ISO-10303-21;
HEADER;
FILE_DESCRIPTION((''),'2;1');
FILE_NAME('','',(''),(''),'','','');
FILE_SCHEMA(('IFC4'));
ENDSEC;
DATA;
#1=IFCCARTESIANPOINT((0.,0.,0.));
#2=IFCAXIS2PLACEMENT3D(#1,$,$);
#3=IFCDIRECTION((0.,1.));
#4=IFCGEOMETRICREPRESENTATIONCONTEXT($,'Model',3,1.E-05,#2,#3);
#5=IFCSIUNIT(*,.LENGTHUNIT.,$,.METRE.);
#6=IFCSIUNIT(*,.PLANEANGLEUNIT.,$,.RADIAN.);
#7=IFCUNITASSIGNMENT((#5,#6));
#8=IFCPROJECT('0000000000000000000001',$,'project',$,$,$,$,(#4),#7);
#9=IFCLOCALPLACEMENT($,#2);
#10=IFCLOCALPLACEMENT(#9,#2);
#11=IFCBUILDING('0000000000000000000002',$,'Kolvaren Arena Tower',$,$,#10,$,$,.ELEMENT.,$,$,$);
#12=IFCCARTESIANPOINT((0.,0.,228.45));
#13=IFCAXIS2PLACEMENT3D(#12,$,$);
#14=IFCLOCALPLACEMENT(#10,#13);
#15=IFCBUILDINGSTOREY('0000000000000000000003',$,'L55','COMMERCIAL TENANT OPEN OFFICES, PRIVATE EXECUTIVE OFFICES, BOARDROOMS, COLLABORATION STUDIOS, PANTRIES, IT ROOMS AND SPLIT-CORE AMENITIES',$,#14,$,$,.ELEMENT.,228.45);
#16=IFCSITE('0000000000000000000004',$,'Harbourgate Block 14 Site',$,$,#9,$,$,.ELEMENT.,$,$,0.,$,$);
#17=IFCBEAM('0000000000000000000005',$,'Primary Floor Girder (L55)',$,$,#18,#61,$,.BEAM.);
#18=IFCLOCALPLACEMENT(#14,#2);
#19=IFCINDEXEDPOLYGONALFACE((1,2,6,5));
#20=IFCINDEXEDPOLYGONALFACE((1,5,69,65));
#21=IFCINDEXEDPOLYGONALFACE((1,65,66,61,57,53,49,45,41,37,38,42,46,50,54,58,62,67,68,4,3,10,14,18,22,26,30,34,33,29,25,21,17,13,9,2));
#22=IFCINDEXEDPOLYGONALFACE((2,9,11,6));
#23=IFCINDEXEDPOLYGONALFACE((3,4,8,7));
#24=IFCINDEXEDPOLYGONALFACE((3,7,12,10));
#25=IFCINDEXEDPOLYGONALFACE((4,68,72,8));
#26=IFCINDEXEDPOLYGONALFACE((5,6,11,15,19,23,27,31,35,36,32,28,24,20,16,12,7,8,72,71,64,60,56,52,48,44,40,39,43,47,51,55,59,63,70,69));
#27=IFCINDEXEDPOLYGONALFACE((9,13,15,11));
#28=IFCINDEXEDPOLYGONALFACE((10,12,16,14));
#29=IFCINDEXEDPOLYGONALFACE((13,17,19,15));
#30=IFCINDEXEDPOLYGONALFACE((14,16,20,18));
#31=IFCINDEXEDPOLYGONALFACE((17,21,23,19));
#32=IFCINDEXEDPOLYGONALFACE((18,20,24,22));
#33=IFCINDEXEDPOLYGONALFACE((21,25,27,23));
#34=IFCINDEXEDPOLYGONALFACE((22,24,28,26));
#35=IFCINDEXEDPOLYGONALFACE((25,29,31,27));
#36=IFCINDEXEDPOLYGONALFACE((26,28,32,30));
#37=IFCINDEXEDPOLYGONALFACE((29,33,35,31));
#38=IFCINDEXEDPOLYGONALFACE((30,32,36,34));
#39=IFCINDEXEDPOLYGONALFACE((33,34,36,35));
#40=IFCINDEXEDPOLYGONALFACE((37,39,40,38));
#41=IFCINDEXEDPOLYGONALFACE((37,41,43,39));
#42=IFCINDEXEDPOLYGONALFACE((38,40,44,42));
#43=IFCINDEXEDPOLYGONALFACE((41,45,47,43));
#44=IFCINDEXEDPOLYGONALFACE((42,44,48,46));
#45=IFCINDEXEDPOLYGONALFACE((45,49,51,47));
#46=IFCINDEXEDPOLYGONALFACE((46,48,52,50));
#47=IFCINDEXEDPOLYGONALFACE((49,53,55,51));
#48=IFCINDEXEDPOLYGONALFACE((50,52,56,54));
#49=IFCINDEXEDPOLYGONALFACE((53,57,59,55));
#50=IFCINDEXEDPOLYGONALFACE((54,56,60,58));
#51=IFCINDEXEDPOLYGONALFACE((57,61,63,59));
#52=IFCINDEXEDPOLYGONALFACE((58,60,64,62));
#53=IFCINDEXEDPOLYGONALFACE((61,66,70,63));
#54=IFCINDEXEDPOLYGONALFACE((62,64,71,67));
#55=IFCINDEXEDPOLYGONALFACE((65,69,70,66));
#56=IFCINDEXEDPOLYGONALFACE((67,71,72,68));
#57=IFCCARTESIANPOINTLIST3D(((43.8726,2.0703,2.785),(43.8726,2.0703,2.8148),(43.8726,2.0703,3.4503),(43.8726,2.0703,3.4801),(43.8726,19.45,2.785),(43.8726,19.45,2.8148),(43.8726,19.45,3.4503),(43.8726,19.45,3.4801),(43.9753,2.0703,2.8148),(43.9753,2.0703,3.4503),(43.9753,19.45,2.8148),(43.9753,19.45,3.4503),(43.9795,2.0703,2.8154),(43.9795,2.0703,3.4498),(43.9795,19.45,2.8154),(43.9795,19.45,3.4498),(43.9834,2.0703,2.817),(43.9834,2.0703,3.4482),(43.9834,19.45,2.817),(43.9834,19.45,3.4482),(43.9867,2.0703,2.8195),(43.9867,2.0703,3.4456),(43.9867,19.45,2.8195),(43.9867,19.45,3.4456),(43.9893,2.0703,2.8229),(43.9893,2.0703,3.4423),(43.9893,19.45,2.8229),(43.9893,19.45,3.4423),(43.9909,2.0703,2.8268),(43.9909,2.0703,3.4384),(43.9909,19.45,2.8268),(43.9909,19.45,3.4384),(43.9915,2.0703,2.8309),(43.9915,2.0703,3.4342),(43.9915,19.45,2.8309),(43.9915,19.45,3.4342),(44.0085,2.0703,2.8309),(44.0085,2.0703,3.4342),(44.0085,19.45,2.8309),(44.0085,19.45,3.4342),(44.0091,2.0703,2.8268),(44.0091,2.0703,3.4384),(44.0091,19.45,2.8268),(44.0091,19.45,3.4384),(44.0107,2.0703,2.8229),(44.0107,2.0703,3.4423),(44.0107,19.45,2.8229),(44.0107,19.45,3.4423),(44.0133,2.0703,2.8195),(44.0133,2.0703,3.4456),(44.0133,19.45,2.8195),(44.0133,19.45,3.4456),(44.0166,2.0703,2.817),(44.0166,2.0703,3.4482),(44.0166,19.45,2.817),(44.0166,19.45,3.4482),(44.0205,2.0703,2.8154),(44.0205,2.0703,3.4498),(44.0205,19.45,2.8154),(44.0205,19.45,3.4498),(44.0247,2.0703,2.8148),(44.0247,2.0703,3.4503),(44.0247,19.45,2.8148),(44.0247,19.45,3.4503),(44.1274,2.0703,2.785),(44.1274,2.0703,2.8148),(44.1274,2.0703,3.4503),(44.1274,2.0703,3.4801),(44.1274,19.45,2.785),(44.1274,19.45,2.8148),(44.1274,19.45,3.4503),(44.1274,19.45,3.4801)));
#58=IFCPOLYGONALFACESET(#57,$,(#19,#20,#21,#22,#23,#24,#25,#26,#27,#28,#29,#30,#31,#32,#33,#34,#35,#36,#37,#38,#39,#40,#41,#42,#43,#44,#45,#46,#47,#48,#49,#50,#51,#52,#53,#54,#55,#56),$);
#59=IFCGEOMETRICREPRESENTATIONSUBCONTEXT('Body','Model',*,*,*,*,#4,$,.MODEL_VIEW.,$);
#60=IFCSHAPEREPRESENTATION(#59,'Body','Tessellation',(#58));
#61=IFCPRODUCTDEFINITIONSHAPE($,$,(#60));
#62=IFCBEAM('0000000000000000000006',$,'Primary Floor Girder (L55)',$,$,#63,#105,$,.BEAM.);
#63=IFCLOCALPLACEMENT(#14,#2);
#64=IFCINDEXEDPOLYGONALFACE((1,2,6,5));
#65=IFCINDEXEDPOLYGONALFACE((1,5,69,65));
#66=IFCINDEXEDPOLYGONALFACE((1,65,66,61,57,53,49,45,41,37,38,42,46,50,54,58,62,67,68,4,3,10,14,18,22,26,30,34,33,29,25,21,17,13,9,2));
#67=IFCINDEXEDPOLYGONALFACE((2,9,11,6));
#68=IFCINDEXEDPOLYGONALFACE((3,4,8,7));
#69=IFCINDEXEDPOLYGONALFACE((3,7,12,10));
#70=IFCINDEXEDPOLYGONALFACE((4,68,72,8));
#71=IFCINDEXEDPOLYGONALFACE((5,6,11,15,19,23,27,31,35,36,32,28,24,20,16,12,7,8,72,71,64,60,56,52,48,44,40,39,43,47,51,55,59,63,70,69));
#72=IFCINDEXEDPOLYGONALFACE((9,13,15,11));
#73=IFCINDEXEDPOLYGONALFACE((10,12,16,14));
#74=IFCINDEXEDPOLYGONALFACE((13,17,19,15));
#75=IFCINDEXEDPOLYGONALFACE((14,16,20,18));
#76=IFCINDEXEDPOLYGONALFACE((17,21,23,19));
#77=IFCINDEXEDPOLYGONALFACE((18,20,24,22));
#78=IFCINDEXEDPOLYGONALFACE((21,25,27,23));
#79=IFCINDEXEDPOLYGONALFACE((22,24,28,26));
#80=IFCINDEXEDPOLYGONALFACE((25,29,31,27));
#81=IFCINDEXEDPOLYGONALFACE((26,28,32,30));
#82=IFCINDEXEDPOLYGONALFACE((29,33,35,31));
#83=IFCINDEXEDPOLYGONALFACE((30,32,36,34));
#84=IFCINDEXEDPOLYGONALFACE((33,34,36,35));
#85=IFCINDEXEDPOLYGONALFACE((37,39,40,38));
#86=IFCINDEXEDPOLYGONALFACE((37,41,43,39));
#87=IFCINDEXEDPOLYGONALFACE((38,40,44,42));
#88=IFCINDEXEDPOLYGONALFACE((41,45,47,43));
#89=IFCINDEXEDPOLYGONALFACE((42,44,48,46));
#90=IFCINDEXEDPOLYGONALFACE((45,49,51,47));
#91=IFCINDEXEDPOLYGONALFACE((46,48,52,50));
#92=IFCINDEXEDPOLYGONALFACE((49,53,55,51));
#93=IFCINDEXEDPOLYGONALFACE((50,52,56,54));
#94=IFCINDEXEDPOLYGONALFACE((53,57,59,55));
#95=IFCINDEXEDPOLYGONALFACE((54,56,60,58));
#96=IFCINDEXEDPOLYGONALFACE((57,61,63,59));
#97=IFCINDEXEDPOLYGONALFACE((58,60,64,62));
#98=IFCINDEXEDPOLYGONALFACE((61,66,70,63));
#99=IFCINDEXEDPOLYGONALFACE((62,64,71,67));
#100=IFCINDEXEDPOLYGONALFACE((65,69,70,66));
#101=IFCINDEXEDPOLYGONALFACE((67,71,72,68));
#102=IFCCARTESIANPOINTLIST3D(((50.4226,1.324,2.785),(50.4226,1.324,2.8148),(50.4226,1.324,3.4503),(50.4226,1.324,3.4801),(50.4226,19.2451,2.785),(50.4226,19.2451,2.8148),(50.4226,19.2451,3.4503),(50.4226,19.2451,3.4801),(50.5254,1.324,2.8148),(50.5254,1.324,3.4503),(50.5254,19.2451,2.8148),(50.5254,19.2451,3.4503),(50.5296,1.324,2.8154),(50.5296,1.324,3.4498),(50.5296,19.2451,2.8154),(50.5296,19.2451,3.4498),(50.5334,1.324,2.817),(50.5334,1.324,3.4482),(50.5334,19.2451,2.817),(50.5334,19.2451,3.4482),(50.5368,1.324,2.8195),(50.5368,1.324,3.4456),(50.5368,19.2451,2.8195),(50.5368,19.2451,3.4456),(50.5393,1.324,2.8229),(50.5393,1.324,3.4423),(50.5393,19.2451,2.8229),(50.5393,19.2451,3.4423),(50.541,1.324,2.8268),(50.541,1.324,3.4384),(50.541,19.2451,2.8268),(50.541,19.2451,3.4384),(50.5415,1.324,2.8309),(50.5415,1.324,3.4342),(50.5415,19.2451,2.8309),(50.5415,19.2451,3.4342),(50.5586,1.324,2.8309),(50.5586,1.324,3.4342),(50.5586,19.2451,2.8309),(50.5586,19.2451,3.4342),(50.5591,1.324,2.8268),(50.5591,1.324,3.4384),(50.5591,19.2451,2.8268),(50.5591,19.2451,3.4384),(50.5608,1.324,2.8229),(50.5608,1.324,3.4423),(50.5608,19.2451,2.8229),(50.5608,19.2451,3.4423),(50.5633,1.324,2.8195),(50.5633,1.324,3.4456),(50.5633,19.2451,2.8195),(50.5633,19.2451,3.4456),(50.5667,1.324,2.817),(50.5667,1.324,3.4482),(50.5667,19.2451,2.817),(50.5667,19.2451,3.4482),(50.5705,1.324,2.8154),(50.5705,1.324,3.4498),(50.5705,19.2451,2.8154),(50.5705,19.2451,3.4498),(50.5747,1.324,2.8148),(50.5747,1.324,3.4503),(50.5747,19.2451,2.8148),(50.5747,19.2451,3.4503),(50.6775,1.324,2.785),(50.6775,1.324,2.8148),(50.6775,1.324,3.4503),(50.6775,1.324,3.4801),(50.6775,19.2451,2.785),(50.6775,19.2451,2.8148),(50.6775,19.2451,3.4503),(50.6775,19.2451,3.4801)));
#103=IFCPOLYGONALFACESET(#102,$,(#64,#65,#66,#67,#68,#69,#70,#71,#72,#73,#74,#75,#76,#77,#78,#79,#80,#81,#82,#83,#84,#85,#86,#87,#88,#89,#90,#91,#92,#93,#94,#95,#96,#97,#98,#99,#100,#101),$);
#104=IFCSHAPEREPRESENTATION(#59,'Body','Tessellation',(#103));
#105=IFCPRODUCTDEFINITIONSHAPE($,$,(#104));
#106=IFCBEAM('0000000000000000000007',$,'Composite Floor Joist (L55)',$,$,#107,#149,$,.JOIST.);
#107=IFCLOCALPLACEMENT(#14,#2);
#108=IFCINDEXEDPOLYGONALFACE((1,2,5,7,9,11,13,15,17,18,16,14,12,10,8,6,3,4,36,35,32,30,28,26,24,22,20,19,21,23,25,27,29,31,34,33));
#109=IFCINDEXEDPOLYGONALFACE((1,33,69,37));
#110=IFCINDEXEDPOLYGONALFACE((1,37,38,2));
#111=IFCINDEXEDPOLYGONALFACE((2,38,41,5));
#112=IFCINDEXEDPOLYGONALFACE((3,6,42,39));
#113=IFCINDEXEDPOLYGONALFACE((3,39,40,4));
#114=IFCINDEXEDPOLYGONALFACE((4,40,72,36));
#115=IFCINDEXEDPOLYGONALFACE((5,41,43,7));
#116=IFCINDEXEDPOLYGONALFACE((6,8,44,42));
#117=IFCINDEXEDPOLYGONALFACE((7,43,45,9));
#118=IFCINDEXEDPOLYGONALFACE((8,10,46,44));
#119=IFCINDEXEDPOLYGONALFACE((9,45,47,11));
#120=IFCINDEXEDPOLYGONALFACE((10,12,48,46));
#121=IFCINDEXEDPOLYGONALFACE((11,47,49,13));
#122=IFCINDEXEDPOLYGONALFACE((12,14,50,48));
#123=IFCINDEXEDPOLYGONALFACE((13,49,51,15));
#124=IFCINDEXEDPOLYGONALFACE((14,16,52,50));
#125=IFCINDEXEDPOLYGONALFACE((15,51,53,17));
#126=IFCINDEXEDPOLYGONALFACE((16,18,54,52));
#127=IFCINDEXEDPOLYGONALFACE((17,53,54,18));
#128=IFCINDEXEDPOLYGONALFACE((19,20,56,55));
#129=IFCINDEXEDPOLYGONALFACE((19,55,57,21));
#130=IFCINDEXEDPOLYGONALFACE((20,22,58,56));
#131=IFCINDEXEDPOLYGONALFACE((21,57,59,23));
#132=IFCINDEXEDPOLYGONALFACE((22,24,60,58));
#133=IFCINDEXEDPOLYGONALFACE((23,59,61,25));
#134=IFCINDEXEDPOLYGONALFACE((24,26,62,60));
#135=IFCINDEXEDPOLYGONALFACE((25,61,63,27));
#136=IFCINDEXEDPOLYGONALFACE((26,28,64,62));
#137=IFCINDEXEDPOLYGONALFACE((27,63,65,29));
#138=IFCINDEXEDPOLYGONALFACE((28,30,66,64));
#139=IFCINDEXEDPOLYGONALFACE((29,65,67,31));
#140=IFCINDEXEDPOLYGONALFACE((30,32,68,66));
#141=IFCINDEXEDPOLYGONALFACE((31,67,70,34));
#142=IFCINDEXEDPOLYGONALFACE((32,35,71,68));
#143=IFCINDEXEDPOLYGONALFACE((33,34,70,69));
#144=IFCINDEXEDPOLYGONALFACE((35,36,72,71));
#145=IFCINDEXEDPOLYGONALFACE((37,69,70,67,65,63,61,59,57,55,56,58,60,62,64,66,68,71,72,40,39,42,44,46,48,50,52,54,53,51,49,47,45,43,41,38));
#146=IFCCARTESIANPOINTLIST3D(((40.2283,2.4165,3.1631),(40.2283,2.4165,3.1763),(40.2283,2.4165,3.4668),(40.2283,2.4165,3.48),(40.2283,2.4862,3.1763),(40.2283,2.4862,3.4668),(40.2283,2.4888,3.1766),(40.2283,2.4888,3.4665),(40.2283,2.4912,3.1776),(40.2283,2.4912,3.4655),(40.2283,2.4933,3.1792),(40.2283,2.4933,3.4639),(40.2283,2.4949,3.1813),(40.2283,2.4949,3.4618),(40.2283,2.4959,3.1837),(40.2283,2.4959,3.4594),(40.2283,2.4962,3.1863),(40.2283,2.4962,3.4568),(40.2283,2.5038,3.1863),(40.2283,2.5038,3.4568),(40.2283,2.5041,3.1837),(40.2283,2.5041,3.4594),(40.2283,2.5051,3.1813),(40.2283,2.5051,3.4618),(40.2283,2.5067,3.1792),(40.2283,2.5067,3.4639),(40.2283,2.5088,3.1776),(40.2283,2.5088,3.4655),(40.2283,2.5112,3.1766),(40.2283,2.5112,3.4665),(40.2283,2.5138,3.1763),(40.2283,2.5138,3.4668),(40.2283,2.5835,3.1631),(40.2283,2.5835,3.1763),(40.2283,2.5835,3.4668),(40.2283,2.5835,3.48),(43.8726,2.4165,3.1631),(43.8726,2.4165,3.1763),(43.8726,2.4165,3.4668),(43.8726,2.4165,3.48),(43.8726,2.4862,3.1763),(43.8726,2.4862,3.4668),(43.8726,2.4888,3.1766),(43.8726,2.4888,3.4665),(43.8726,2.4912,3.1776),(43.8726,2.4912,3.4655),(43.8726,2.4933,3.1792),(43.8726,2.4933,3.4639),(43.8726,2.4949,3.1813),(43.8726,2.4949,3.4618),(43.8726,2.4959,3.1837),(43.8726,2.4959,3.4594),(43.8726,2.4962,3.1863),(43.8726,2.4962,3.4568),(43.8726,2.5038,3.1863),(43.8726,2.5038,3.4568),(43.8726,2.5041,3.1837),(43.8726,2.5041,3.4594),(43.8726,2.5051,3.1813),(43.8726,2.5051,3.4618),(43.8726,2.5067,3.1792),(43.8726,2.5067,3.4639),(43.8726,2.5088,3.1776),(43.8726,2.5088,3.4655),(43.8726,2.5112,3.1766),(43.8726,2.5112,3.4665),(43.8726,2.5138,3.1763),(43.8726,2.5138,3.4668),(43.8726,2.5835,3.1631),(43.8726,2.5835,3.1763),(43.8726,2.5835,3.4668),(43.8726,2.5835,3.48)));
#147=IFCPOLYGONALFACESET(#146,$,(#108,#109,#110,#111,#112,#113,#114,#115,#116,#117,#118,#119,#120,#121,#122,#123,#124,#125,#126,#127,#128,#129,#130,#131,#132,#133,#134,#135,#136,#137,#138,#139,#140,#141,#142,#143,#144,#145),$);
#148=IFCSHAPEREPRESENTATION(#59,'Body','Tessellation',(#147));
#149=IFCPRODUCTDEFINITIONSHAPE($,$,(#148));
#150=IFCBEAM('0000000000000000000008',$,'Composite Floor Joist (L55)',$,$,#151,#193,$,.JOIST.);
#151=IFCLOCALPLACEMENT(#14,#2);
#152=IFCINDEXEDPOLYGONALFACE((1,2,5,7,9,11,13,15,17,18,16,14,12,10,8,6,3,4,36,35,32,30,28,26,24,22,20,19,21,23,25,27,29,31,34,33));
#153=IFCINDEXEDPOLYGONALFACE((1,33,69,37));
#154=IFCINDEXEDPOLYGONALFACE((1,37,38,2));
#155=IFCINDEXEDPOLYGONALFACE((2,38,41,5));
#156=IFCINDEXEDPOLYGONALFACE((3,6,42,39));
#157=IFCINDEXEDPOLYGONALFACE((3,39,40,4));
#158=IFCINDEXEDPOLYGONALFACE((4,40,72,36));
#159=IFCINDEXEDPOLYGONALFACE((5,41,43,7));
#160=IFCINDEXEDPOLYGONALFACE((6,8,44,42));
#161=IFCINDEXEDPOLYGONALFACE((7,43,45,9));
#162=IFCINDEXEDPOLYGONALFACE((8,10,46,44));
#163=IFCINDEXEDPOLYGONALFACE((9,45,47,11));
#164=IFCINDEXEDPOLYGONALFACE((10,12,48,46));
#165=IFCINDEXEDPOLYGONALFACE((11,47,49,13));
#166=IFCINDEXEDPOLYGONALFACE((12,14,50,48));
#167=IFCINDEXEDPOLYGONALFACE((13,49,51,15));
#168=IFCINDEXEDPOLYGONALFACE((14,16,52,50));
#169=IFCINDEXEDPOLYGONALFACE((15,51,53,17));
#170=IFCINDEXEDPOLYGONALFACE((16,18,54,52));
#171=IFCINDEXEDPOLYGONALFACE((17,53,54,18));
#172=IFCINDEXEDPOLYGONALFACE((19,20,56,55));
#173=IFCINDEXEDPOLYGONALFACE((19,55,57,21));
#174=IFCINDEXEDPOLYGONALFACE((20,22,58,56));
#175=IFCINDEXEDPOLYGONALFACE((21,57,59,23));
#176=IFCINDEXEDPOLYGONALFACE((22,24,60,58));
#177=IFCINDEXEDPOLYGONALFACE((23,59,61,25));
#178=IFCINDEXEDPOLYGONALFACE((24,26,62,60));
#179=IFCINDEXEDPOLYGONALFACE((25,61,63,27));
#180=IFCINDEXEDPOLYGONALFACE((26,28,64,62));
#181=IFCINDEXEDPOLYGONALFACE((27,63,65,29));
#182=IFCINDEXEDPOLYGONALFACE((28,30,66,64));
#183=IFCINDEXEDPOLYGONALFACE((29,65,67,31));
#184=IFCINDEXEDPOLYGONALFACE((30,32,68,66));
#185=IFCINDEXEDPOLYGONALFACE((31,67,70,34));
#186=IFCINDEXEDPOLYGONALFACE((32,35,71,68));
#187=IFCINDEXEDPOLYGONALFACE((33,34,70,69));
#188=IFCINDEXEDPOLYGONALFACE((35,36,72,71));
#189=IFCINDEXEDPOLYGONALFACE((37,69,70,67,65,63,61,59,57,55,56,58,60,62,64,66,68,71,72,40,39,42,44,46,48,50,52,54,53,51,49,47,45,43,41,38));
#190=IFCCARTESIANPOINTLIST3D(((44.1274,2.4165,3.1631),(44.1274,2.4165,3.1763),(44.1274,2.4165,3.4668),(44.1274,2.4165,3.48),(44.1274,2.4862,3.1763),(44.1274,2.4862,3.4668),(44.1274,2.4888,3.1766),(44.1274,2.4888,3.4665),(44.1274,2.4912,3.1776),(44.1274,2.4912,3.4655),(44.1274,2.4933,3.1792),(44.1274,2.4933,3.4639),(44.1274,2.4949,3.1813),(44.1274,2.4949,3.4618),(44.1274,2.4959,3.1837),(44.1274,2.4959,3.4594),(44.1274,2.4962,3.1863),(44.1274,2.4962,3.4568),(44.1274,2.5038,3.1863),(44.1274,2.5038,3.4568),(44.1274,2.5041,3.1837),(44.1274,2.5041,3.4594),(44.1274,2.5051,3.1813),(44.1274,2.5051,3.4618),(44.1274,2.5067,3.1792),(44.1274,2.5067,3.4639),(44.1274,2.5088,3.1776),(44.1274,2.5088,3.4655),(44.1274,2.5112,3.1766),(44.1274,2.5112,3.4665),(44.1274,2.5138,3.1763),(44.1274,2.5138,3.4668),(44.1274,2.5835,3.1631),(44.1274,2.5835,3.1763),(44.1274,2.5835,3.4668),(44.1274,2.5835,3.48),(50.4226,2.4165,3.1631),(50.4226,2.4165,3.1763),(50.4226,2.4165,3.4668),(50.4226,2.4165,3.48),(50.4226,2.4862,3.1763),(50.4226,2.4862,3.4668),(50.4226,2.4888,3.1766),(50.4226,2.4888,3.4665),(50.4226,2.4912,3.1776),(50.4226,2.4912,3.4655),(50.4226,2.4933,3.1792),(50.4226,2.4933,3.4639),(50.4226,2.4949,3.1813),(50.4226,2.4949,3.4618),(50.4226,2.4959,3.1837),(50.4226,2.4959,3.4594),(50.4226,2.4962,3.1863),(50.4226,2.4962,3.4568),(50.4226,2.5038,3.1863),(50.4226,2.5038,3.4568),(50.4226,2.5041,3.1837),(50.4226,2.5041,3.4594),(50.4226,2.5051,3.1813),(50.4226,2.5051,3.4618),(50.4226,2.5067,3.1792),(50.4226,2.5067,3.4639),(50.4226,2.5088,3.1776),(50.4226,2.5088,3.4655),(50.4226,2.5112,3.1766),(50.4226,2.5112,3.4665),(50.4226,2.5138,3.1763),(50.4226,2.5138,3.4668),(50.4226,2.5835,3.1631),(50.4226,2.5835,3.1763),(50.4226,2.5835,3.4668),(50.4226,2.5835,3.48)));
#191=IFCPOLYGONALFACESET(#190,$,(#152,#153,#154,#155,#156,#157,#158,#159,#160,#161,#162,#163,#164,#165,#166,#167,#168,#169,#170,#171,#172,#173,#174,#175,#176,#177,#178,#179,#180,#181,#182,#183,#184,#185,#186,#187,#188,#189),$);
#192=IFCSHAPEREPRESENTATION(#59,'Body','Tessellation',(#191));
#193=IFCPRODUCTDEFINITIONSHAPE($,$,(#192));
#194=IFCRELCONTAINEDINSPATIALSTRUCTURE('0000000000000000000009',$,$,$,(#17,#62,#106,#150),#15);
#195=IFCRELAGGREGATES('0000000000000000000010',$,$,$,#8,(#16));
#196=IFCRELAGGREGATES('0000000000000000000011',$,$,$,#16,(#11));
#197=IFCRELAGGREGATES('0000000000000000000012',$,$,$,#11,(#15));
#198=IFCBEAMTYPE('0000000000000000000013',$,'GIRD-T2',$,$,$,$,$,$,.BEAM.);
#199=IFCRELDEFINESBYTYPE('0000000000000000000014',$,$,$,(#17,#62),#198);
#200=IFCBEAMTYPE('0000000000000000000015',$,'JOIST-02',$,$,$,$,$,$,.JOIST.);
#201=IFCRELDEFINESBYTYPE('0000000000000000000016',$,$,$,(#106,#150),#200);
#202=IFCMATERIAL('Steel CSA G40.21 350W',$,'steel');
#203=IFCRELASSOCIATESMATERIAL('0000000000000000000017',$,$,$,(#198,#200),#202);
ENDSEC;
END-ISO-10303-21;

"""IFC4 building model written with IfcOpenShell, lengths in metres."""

from ifc_helpers import new_model, si_unit, direction, frame, origin, origin_2d, place, context, subcontext, project, spatial, i_section, extrude, material, material_profile, profile_set, type_object, element, save


model = new_model("IFC4")

# Units and contexts
model_context = context("Model", 3, precision=1e-05, world=origin(), true_north=direction((0.0, 1.0)))
body_context = subcontext(model_context, "Body", "Model", "MODEL_VIEW")
ifc_project = project(units=[si_unit("LENGTHUNIT", "METRE"), si_unit("PLANEANGLEUNIT", "RADIAN")], contexts=[model_context])

# Site, building, storey
site_placement = place(None, origin())
site = spatial("IfcSite", under=ifc_project, at=site_placement, Name="Harbourgate Block 14 Site", CompositionType="ELEMENT", RefElevation=0.0)
building_placement = place(site_placement, origin())
building = spatial("IfcBuilding", under=site, at=building_placement, Name="Kolvaren Arena Tower", CompositionType="ELEMENT")
storey_placement = place(building_placement, frame((0.0, 0.0, 228.45)))
storey = spatial("IfcBuildingStorey", under=building, at=storey_placement, Name="L55", Description="COMMERCIAL TENANT OPEN OFFICES, PRIVATE EXECUTIVE OFFICES, BOARDROOMS, COLLABORATION STUDIOS, PANTRIES, IT ROOMS AND SPLIT-CORE AMENITIES", CompositionType="ELEMENT", Elevation=228.45)

# Beams
ifc_material_1 = material(Name="Steel CSA G40.21 350W", Category="steel")
ifc_material_profile_1 = material_profile(ifc_material_1, i_section(OverallWidth=0.2549, OverallDepth=0.6951, WebThickness=0.0171, FlangeThickness=0.0298, FilletRadius=0.0161, at=origin_2d()), Name="W690x217")
ifc_profile_set_1 = profile_set([ifc_material_profile_1], Name="Steel CSA G40.21 350W")
beam_type_1 = type_object("IfcBeamType", Name="GIRD-T2", PredefinedType="BEAM", material=ifc_profile_set_1)
beam_1_placement = place(storey_placement, frame((44.0, 2.0703, 3.1326), z_axis=(0.0, 1.0, 0.0), x_axis=(-1.0, 0.0, 0.0)))
element("IfcBeam", 1, at=beam_1_placement, inside=storey, type_object=beam_type_1, Name="Primary Floor Girder (L55)", PredefinedType="BEAM", context=body_context, shape_type="SweptSolid", body=[
    extrude(i_section(OverallWidth=0.2549, OverallDepth=0.6951, WebThickness=0.0171, FlangeThickness=0.0298, FilletRadius=0.0161, at=origin_2d()), origin(), (0.0, 0.0, 1.0), 17.3796),
])
beam_2_placement = place(storey_placement, frame((50.55, 1.324, 3.1326), z_axis=(0.0, 1.0, 0.0), x_axis=(-1.0, 0.0, 0.0)))
element("IfcBeam", 2, at=beam_2_placement, inside=storey, type_object=beam_type_1, Name="Primary Floor Girder (L55)", PredefinedType="BEAM", context=body_context, shape_type="SweptSolid", body=[
    extrude(i_section(OverallWidth=0.2549, OverallDepth=0.6951, WebThickness=0.0171, FlangeThickness=0.0298, FilletRadius=0.0161, at=origin_2d()), origin(), (0.0, 0.0, 1.0), 17.9211),
])
ifc_material_profile_2 = material_profile(ifc_material_1, i_section(OverallWidth=0.167, OverallDepth=0.3169, WebThickness=0.0076, FlangeThickness=0.0132, FilletRadius=0.01, at=origin_2d()), Name="W310x52")
ifc_profile_set_2 = profile_set([ifc_material_profile_2], Name="Steel CSA G40.21 350W")
beam_type_2 = type_object("IfcBeamType", Name="JOIST-02", PredefinedType="JOIST", material=ifc_profile_set_2)
beam_3_placement = place(storey_placement, frame((40.2283, 2.5, 3.3215), z_axis=(1.0, 0.0, 0.0), x_axis=(0.0, 1.0, 0.0)))
element("IfcBeam", 3, at=beam_3_placement, inside=storey, type_object=beam_type_2, Name="Composite Floor Joist (L55)", PredefinedType="JOIST", context=body_context, shape_type="SweptSolid", body=[
    extrude(i_section(OverallWidth=0.167, OverallDepth=0.3169, WebThickness=0.0076, FlangeThickness=0.0132, FilletRadius=0.01, at=origin_2d()), origin(), (0.0, 0.0, 1.0), 3.6443),
])
for number, where, z_axis, x_axis, name in (
    (4, (44.1274, 2.5, 3.3215), (1.0, 0.0, 0.0), (0.0, 1.0, 0.0), "Composite Floor Joist (L55)"),
):
    element("IfcBeam", number, at=place(storey_placement, frame(where, z_axis=z_axis, x_axis=x_axis)), inside=storey, type_object=beam_type_2, Name=name, PredefinedType="JOIST", context=body_context, shape_type="SweptSolid", body=[
        extrude(i_section(OverallWidth=0.167, OverallDepth=0.3169, WebThickness=0.0076, FlangeThickness=0.0132, FilletRadius=0.01, at=origin_2d()), origin(), (0.0, 0.0, 1.0), 6.2952),
    ])

save(model, "model.ifc")
